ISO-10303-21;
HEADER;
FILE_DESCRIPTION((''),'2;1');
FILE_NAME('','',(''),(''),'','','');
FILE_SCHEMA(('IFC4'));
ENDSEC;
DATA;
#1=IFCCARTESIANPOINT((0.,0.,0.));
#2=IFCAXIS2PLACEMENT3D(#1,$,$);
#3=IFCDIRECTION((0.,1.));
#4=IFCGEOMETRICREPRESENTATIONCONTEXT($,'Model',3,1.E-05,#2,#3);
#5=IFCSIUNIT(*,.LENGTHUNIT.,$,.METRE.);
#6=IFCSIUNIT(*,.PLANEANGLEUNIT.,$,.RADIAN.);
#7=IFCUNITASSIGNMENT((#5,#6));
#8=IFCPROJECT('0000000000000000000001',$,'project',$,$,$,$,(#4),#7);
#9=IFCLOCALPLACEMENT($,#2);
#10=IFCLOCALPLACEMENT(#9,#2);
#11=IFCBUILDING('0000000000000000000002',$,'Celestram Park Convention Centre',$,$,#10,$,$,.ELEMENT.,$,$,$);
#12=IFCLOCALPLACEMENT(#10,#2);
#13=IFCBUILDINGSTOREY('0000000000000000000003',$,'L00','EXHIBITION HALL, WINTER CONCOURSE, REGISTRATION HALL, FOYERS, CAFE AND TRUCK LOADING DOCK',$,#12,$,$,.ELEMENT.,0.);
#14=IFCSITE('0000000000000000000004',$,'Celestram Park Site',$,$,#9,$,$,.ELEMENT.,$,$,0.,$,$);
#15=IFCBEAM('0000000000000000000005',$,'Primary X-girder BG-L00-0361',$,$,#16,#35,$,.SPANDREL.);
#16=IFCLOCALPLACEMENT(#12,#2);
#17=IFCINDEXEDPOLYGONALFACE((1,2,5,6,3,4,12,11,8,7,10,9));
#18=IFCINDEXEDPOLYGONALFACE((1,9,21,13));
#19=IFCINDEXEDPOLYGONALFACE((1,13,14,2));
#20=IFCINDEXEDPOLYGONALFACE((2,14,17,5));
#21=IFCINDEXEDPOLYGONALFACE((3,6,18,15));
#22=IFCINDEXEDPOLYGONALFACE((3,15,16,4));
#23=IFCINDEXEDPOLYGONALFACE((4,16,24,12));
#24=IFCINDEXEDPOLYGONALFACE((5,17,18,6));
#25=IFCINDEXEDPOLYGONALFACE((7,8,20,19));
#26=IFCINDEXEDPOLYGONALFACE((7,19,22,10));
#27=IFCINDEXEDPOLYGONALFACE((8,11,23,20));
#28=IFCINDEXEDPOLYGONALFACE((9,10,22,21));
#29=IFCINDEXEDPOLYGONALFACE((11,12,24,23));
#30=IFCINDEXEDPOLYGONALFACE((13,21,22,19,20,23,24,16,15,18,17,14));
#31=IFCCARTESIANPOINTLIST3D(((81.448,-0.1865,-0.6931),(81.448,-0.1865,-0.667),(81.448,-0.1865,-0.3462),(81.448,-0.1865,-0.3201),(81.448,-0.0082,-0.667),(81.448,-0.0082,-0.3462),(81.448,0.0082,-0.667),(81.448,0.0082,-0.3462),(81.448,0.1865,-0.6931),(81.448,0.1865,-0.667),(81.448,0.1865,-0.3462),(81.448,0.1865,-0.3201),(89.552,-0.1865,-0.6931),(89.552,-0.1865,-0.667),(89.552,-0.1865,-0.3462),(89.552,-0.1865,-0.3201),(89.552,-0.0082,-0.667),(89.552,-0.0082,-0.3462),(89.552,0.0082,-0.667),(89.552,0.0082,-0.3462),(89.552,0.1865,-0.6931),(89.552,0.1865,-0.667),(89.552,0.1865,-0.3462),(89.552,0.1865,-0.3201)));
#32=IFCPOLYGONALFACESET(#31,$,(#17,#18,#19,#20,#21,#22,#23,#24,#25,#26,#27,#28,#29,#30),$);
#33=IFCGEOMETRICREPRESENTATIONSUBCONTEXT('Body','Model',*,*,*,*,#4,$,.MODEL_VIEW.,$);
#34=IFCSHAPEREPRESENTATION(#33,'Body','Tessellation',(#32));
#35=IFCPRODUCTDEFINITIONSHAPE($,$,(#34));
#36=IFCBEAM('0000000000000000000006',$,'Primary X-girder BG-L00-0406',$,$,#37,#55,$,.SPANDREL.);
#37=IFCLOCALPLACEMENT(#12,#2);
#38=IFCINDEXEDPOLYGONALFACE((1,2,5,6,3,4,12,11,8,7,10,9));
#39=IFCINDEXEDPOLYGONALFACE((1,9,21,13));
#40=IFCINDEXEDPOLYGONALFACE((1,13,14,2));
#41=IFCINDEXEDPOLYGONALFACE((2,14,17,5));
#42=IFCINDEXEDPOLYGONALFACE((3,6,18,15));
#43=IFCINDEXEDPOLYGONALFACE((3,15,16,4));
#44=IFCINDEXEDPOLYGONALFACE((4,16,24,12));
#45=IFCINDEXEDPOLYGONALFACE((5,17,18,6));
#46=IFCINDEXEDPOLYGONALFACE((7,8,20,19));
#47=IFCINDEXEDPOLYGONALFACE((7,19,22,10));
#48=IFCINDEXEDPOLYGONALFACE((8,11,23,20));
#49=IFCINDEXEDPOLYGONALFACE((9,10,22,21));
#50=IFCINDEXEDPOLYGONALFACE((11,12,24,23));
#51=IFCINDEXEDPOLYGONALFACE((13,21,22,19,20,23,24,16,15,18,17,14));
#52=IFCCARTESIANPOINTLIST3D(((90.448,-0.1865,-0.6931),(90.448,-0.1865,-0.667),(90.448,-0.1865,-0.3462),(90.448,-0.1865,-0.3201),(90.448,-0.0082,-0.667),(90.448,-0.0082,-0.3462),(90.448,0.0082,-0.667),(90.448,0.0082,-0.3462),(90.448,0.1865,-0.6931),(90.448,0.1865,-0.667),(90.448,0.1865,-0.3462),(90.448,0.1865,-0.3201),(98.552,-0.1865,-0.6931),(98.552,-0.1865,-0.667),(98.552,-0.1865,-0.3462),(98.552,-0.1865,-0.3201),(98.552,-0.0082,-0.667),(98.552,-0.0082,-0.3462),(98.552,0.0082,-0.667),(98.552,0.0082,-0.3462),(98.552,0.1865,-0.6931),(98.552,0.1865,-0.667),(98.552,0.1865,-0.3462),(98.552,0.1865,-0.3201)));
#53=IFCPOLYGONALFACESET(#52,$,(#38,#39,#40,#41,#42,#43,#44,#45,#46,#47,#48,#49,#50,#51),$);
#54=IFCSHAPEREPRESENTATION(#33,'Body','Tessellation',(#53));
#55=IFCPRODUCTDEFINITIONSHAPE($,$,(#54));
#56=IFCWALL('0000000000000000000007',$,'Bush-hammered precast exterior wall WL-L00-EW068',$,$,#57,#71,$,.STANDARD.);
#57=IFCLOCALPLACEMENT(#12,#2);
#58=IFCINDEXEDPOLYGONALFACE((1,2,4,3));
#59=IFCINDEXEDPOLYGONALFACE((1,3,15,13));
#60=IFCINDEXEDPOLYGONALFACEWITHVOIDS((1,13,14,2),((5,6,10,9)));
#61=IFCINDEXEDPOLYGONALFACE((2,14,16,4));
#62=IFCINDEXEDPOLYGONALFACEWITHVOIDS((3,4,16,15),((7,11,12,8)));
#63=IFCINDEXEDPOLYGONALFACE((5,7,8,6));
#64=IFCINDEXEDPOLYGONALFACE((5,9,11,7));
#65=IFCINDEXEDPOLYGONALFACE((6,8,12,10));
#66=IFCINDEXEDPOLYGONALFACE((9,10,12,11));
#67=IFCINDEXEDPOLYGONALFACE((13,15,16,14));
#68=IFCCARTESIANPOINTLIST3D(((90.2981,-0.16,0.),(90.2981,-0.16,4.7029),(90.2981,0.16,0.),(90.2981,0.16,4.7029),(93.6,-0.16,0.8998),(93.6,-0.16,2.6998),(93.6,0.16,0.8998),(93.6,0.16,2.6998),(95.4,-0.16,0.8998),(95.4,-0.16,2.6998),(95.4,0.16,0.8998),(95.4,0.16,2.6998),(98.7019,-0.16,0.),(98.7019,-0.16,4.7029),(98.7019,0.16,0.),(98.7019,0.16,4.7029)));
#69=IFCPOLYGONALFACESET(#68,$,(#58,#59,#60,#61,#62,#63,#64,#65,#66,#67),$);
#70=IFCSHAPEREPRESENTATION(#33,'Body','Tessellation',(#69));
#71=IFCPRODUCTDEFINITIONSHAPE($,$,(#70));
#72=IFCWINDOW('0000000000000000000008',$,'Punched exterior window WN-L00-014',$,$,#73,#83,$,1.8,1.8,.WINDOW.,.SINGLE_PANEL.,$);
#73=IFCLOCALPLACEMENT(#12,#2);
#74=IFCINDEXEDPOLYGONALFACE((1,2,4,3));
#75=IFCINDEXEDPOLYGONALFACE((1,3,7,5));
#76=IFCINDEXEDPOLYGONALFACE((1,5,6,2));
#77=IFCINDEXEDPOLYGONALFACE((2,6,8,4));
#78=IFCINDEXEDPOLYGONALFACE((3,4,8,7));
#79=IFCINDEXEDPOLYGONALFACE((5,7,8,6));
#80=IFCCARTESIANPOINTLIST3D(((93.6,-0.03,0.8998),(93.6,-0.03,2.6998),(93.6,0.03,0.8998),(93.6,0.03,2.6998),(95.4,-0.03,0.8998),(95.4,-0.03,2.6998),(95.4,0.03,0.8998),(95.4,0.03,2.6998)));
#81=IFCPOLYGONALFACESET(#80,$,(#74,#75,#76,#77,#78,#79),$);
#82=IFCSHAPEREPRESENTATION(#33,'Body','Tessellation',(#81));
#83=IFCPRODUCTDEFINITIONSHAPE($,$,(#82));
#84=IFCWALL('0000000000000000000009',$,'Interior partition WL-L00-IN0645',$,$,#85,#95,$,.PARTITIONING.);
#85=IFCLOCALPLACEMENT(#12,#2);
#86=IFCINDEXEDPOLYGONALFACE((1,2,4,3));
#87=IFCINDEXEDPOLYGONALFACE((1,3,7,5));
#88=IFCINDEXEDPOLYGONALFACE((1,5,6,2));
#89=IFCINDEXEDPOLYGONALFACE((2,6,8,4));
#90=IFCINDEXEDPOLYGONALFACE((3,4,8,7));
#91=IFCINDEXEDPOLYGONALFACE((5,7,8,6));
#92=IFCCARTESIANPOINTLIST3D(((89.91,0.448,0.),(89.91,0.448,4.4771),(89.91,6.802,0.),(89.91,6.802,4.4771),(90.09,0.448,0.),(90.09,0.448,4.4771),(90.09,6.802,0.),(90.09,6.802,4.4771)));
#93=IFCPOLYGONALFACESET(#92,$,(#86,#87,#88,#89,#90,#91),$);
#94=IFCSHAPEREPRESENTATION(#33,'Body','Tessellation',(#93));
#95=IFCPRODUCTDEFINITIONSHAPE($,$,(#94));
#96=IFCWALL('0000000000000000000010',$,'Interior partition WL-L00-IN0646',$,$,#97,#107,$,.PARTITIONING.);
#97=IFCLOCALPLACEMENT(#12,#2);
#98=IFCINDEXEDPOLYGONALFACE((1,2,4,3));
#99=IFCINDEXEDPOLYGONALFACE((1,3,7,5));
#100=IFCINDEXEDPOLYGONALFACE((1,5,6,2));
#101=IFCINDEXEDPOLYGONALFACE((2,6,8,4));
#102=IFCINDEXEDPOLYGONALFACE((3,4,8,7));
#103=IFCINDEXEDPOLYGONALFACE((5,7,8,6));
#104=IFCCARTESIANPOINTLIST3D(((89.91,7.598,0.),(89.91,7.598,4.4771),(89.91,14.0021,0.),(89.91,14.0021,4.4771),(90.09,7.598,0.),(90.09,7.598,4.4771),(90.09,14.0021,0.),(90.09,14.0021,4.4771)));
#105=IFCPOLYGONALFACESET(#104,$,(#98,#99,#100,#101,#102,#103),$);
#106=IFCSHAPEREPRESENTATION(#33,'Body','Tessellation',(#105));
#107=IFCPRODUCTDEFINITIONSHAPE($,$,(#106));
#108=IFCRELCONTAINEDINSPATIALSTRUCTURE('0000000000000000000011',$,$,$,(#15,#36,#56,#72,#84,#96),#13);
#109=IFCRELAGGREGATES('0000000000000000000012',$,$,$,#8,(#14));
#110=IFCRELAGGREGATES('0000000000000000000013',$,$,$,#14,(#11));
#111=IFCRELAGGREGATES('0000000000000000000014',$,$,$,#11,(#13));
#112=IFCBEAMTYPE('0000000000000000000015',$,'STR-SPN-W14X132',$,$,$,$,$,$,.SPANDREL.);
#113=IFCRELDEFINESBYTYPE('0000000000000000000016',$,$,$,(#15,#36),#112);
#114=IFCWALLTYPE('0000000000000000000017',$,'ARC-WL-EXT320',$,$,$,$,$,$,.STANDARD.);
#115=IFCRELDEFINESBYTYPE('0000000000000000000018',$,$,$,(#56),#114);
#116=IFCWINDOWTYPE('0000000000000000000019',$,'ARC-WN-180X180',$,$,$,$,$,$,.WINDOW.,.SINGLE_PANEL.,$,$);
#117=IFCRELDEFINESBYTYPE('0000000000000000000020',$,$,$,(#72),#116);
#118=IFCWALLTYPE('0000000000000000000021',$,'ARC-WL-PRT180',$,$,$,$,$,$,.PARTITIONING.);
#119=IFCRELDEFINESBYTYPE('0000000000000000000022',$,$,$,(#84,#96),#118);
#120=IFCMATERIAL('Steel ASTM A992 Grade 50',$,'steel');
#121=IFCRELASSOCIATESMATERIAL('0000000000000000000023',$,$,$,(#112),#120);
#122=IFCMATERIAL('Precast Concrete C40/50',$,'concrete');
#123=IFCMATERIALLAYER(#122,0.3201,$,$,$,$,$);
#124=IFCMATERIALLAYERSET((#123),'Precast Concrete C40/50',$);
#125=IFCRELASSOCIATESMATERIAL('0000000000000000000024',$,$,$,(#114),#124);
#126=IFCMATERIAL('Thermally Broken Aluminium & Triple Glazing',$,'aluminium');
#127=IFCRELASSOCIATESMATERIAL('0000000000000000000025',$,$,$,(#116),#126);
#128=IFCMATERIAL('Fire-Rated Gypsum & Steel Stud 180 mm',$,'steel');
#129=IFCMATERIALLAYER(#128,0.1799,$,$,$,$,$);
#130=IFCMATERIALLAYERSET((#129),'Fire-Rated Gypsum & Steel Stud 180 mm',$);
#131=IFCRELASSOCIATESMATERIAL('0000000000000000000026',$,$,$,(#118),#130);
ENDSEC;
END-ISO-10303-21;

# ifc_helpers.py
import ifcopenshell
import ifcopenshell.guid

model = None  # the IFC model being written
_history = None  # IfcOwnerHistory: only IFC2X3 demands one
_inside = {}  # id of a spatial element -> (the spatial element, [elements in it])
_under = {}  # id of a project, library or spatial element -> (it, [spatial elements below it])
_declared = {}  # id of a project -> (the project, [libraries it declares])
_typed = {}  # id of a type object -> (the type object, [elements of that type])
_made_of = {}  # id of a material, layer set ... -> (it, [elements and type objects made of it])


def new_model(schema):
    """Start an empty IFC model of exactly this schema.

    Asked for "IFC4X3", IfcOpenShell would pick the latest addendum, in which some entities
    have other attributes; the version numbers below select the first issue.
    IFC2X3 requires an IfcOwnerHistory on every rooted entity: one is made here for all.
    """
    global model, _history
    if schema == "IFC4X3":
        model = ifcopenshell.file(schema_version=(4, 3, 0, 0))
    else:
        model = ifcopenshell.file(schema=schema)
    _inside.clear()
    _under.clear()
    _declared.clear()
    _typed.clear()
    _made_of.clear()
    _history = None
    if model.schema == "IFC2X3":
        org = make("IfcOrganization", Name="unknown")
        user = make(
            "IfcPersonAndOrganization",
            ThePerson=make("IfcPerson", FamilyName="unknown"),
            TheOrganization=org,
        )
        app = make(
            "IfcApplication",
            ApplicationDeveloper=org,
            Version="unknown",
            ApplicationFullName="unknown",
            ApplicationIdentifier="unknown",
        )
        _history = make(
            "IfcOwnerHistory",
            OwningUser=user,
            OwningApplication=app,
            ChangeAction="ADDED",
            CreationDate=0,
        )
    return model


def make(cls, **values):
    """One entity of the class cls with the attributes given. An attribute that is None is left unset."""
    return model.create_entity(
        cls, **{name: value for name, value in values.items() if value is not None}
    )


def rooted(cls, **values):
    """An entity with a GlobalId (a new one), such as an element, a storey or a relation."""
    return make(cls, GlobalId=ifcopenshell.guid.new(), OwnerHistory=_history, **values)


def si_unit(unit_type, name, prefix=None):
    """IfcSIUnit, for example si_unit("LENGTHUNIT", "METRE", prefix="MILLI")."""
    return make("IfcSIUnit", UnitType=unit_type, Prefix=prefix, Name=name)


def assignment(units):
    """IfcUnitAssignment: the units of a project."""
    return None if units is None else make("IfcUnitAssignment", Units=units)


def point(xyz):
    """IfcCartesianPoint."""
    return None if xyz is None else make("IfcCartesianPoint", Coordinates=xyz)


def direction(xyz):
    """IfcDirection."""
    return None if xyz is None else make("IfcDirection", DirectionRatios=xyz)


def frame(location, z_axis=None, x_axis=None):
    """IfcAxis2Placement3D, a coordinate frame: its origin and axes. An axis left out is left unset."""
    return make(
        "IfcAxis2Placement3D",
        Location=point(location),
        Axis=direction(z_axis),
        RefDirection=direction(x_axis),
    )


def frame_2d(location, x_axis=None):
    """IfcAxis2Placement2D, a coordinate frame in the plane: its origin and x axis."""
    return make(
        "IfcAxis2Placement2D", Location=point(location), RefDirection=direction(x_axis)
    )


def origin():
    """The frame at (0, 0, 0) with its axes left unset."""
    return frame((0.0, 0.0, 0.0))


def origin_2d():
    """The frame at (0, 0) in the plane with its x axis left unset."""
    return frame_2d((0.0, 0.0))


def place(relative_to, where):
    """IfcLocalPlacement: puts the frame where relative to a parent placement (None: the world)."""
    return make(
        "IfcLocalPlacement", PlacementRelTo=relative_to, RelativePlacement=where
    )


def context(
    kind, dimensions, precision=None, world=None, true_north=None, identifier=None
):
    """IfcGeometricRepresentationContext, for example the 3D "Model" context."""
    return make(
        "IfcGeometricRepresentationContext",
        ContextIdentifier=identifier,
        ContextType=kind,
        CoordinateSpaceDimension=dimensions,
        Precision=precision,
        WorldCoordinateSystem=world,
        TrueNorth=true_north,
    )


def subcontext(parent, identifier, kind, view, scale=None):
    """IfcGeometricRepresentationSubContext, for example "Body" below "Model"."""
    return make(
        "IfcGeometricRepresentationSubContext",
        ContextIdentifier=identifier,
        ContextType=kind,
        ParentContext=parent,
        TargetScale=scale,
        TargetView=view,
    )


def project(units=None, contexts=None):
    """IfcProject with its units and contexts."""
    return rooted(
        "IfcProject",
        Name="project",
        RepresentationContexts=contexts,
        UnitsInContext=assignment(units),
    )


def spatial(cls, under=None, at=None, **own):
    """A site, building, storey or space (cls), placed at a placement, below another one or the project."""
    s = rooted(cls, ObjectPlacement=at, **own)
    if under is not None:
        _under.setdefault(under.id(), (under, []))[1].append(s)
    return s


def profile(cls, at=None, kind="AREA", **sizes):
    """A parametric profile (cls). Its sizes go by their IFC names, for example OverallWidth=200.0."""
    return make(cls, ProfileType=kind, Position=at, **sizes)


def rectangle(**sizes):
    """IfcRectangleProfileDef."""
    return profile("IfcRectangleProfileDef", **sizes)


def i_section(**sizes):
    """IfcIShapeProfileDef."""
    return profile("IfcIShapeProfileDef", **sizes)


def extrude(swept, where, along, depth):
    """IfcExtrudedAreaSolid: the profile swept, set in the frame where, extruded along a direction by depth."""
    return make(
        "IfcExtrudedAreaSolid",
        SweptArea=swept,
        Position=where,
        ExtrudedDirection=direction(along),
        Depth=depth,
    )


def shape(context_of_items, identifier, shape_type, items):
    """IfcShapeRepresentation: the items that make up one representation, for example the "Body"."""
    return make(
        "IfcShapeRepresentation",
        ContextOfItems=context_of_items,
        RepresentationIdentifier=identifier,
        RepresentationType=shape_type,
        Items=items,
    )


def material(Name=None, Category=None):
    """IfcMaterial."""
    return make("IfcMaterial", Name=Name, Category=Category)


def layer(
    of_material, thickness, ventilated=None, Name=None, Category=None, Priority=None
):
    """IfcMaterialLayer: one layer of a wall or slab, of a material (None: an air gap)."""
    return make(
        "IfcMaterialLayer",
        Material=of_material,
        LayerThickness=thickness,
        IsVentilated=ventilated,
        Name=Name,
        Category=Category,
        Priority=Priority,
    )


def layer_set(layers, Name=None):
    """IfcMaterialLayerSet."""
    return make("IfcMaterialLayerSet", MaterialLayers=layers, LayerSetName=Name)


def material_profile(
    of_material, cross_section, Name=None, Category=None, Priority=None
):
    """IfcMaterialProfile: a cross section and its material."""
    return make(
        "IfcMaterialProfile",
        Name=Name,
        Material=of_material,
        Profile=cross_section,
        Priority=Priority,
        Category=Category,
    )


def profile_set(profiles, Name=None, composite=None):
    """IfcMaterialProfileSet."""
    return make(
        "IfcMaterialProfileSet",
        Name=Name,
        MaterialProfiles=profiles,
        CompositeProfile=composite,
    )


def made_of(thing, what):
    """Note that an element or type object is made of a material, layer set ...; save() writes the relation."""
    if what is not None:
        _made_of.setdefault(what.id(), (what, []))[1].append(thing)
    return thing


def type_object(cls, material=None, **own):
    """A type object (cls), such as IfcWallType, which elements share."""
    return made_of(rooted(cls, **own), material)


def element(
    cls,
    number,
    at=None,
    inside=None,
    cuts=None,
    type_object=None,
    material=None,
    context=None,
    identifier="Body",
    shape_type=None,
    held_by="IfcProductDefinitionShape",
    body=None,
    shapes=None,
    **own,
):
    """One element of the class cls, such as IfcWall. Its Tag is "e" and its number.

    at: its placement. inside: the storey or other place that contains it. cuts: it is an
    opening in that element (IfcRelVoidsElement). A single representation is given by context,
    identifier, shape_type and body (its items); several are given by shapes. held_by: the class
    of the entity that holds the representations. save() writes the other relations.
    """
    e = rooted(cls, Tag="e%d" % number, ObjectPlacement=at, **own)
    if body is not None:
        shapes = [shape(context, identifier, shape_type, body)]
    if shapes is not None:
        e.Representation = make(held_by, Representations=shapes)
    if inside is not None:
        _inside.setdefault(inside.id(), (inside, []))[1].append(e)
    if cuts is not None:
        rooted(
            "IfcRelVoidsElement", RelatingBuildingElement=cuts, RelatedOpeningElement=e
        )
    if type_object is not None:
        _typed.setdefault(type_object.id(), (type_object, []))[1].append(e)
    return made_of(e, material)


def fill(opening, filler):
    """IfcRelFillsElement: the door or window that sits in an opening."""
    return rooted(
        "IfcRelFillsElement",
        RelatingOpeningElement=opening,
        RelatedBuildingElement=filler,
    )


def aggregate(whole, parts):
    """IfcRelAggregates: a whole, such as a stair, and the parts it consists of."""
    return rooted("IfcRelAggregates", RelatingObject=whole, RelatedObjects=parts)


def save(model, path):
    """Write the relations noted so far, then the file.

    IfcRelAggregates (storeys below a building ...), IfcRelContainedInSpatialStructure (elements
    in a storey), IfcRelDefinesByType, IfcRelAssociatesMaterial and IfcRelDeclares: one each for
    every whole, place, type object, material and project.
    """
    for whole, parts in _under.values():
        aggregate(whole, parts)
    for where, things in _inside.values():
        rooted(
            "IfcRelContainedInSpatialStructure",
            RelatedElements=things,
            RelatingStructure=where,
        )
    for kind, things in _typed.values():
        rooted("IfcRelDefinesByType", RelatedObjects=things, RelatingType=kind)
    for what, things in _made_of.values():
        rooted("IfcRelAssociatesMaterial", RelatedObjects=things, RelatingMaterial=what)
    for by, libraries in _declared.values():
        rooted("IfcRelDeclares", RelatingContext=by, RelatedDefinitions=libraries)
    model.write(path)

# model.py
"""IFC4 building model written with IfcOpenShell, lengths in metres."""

from ifc_helpers import new_model, si_unit, direction, frame, frame_2d, origin, origin_2d, place, context, subcontext, project, spatial, rectangle, i_section, extrude, material, layer, layer_set, material_profile, profile_set, type_object, element, fill, save


model = new_model("IFC4")

# Units and contexts
model_context = context("Model", 3, precision=1e-05, world=origin(), true_north=direction((0.0, 1.0)))
body_context = subcontext(model_context, "Body", "Model", "MODEL_VIEW")
ifc_project = project(units=[si_unit("LENGTHUNIT", "METRE"), si_unit("PLANEANGLEUNIT", "RADIAN")], contexts=[model_context])

# Site, building, storey
site_placement = place(None, origin())
site = spatial("IfcSite", under=ifc_project, at=site_placement, Name="Celestram Park Site", CompositionType="ELEMENT", RefElevation=0.0)
building_placement = place(site_placement, origin())
building = spatial("IfcBuilding", under=site, at=building_placement, Name="Celestram Park Convention Centre", CompositionType="ELEMENT")
storey_placement = place(building_placement, origin())
storey = spatial("IfcBuildingStorey", under=building, at=storey_placement, Name="L00", Description="EXHIBITION HALL, WINTER CONCOURSE, REGISTRATION HALL, FOYERS, CAFE AND TRUCK LOADING DOCK", CompositionType="ELEMENT", Elevation=0.0)

# Beams
ifc_material_1 = material(Name="Steel ASTM A992 Grade 50", Category="steel")
ifc_material_profile_1 = material_profile(ifc_material_1, i_section(OverallWidth=0.373, OverallDepth=0.373, WebThickness=0.0164, FlangeThickness=0.0261, at=origin_2d()), Name="W14X132")
ifc_profile_set_1 = profile_set([ifc_material_profile_1], Name="Steel ASTM A992 Grade 50")
beam_type_1 = type_object("IfcBeamType", Name="STR-SPN-W14X132", PredefinedType="SPANDREL", material=ifc_profile_set_1)
for number, where, z_axis, x_axis, name in (
    (1, (81.448, 0.0, -0.5066), (1.0, 0.0, 0.0), (0.0, 1.0, 0.0), "Primary X-girder BG-L00-0361"),
    (2, (90.448, 0.0, -0.5066), (1.0, 0.0, 0.0), (0.0, 1.0, 0.0), "Primary X-girder BG-L00-0406"),
):
    element("IfcBeam", number, at=place(storey_placement, frame(where, z_axis=z_axis, x_axis=x_axis)), inside=storey, type_object=beam_type_1, Name=name, PredefinedType="SPANDREL", context=body_context, shape_type="SweptSolid", body=[
        extrude(i_section(OverallWidth=0.373, OverallDepth=0.373, WebThickness=0.0164, FlangeThickness=0.0261, at=origin_2d()), origin(), (0.0, 0.0, 1.0), 8.104),
    ])

# Wall, opening, window
ifc_material_2 = material(Name="Precast Concrete C40/50", Category="concrete")
ifc_layer_1 = layer(ifc_material_2, 0.3201)
ifc_layer_set_1 = layer_set([ifc_layer_1], Name="Precast Concrete C40/50")
wall_type_1 = type_object("IfcWallType", Name="ARC-WL-EXT320", PredefinedType="STANDARD", material=ifc_layer_set_1)
wall_1_placement = place(storey_placement, frame((98.7019, 0.0, 0.0), z_axis=(0.0, 0.0, 1.0), x_axis=(-1.0, 0.0, 0.0)))
wall_1 = element("IfcWall", 3, at=wall_1_placement, inside=storey, type_object=wall_type_1, Name="Bush-hammered precast exterior wall WL-L00-EW068", PredefinedType="STANDARD", context=body_context, shape_type="SweptSolid", body=[
    extrude(rectangle(XDim=8.4038, YDim=0.3201, at=frame_2d((4.2019, 0.0))), origin(), (0.0, 0.0, 1.0), 4.7029),
])
opening_1_placement = place(wall_1_placement, frame((3.302, 0.0, 0.8999)))
opening_1 = element("IfcOpeningElement", 4, at=opening_1_placement, cuts=wall_1, PredefinedType="OPENING", context=body_context, shape_type="SweptSolid", body=[
    extrude(rectangle(XDim=1.8, YDim=1.8, at=frame_2d((0.8999, 0.8999))), frame((0.0, 0.1699, 0.0), z_axis=(0.0, -1.0, 0.0), x_axis=(1.0, 0.0, 0.0)), (0.0, 0.0, 1.0), 0.3401),
])
ifc_material_3 = material(Name="Thermally Broken Aluminium & Triple Glazing", Category="aluminium")
window_type = type_object("IfcWindowType", Name="ARC-WN-180X180", PartitioningType="SINGLE_PANEL", PredefinedType="WINDOW", material=ifc_material_3)
window_placement = place(opening_1_placement, origin())
window = element("IfcWindow", 5, at=window_placement, inside=storey, type_object=window_type, Name="Punched exterior window WN-L00-014", OverallHeight=1.8, OverallWidth=1.8, PartitioningType="SINGLE_PANEL", PredefinedType="WINDOW", context=body_context, shape_type="SweptSolid", body=[
    extrude(rectangle(XDim=1.8, YDim=1.8, at=frame_2d((0.8999, 0.8999))), frame((0.0, 0.03, 0.0), z_axis=(0.0, -1.0, 0.0), x_axis=(1.0, 0.0, 0.0)), (0.0, 0.0, 1.0), 0.0601),
])
fill(opening_1, window)

# Walls
ifc_material_4 = material(Name="Fire-Rated Gypsum & Steel Stud 180 mm", Category="steel")
ifc_layer_2 = layer(ifc_material_4, 0.1799)
ifc_layer_set_2 = layer_set([ifc_layer_2], Name="Fire-Rated Gypsum & Steel Stud 180 mm")
wall_type_2 = type_object("IfcWallType", Name="ARC-WL-PRT180", PredefinedType="PARTITIONING", material=ifc_layer_set_2)
wall_2_placement = place(storey_placement, frame((90.0, 0.448, 0.0), z_axis=(0.0, 0.0, 1.0), x_axis=(0.0, 1.0, 0.0)))
element("IfcWall", 6, at=wall_2_placement, inside=storey, type_object=wall_type_2, Name="Interior partition WL-L00-IN0645", PredefinedType="PARTITIONING", context=body_context, shape_type="SweptSolid", body=[
    extrude(rectangle(XDim=6.354, YDim=0.1799, at=frame_2d((3.177, 0.0))), origin(), (0.0, 0.0, 1.0), 4.4771),
])
wall_3_placement = place(storey_placement, frame((90.0, 7.5979, 0.0), z_axis=(0.0, 0.0, 1.0), x_axis=(0.0, 1.0, 0.0)))
element("IfcWall", 7, at=wall_3_placement, inside=storey, type_object=wall_type_2, Name="Interior partition WL-L00-IN0646", PredefinedType="PARTITIONING", context=body_context, shape_type="SweptSolid", body=[
    extrude(rectangle(XDim=6.4041, YDim=0.1799, at=frame_2d((3.2021, 0.0))), origin(), (0.0, 0.0, 1.0), 4.4771),
])

save(model, "model.ifc")
